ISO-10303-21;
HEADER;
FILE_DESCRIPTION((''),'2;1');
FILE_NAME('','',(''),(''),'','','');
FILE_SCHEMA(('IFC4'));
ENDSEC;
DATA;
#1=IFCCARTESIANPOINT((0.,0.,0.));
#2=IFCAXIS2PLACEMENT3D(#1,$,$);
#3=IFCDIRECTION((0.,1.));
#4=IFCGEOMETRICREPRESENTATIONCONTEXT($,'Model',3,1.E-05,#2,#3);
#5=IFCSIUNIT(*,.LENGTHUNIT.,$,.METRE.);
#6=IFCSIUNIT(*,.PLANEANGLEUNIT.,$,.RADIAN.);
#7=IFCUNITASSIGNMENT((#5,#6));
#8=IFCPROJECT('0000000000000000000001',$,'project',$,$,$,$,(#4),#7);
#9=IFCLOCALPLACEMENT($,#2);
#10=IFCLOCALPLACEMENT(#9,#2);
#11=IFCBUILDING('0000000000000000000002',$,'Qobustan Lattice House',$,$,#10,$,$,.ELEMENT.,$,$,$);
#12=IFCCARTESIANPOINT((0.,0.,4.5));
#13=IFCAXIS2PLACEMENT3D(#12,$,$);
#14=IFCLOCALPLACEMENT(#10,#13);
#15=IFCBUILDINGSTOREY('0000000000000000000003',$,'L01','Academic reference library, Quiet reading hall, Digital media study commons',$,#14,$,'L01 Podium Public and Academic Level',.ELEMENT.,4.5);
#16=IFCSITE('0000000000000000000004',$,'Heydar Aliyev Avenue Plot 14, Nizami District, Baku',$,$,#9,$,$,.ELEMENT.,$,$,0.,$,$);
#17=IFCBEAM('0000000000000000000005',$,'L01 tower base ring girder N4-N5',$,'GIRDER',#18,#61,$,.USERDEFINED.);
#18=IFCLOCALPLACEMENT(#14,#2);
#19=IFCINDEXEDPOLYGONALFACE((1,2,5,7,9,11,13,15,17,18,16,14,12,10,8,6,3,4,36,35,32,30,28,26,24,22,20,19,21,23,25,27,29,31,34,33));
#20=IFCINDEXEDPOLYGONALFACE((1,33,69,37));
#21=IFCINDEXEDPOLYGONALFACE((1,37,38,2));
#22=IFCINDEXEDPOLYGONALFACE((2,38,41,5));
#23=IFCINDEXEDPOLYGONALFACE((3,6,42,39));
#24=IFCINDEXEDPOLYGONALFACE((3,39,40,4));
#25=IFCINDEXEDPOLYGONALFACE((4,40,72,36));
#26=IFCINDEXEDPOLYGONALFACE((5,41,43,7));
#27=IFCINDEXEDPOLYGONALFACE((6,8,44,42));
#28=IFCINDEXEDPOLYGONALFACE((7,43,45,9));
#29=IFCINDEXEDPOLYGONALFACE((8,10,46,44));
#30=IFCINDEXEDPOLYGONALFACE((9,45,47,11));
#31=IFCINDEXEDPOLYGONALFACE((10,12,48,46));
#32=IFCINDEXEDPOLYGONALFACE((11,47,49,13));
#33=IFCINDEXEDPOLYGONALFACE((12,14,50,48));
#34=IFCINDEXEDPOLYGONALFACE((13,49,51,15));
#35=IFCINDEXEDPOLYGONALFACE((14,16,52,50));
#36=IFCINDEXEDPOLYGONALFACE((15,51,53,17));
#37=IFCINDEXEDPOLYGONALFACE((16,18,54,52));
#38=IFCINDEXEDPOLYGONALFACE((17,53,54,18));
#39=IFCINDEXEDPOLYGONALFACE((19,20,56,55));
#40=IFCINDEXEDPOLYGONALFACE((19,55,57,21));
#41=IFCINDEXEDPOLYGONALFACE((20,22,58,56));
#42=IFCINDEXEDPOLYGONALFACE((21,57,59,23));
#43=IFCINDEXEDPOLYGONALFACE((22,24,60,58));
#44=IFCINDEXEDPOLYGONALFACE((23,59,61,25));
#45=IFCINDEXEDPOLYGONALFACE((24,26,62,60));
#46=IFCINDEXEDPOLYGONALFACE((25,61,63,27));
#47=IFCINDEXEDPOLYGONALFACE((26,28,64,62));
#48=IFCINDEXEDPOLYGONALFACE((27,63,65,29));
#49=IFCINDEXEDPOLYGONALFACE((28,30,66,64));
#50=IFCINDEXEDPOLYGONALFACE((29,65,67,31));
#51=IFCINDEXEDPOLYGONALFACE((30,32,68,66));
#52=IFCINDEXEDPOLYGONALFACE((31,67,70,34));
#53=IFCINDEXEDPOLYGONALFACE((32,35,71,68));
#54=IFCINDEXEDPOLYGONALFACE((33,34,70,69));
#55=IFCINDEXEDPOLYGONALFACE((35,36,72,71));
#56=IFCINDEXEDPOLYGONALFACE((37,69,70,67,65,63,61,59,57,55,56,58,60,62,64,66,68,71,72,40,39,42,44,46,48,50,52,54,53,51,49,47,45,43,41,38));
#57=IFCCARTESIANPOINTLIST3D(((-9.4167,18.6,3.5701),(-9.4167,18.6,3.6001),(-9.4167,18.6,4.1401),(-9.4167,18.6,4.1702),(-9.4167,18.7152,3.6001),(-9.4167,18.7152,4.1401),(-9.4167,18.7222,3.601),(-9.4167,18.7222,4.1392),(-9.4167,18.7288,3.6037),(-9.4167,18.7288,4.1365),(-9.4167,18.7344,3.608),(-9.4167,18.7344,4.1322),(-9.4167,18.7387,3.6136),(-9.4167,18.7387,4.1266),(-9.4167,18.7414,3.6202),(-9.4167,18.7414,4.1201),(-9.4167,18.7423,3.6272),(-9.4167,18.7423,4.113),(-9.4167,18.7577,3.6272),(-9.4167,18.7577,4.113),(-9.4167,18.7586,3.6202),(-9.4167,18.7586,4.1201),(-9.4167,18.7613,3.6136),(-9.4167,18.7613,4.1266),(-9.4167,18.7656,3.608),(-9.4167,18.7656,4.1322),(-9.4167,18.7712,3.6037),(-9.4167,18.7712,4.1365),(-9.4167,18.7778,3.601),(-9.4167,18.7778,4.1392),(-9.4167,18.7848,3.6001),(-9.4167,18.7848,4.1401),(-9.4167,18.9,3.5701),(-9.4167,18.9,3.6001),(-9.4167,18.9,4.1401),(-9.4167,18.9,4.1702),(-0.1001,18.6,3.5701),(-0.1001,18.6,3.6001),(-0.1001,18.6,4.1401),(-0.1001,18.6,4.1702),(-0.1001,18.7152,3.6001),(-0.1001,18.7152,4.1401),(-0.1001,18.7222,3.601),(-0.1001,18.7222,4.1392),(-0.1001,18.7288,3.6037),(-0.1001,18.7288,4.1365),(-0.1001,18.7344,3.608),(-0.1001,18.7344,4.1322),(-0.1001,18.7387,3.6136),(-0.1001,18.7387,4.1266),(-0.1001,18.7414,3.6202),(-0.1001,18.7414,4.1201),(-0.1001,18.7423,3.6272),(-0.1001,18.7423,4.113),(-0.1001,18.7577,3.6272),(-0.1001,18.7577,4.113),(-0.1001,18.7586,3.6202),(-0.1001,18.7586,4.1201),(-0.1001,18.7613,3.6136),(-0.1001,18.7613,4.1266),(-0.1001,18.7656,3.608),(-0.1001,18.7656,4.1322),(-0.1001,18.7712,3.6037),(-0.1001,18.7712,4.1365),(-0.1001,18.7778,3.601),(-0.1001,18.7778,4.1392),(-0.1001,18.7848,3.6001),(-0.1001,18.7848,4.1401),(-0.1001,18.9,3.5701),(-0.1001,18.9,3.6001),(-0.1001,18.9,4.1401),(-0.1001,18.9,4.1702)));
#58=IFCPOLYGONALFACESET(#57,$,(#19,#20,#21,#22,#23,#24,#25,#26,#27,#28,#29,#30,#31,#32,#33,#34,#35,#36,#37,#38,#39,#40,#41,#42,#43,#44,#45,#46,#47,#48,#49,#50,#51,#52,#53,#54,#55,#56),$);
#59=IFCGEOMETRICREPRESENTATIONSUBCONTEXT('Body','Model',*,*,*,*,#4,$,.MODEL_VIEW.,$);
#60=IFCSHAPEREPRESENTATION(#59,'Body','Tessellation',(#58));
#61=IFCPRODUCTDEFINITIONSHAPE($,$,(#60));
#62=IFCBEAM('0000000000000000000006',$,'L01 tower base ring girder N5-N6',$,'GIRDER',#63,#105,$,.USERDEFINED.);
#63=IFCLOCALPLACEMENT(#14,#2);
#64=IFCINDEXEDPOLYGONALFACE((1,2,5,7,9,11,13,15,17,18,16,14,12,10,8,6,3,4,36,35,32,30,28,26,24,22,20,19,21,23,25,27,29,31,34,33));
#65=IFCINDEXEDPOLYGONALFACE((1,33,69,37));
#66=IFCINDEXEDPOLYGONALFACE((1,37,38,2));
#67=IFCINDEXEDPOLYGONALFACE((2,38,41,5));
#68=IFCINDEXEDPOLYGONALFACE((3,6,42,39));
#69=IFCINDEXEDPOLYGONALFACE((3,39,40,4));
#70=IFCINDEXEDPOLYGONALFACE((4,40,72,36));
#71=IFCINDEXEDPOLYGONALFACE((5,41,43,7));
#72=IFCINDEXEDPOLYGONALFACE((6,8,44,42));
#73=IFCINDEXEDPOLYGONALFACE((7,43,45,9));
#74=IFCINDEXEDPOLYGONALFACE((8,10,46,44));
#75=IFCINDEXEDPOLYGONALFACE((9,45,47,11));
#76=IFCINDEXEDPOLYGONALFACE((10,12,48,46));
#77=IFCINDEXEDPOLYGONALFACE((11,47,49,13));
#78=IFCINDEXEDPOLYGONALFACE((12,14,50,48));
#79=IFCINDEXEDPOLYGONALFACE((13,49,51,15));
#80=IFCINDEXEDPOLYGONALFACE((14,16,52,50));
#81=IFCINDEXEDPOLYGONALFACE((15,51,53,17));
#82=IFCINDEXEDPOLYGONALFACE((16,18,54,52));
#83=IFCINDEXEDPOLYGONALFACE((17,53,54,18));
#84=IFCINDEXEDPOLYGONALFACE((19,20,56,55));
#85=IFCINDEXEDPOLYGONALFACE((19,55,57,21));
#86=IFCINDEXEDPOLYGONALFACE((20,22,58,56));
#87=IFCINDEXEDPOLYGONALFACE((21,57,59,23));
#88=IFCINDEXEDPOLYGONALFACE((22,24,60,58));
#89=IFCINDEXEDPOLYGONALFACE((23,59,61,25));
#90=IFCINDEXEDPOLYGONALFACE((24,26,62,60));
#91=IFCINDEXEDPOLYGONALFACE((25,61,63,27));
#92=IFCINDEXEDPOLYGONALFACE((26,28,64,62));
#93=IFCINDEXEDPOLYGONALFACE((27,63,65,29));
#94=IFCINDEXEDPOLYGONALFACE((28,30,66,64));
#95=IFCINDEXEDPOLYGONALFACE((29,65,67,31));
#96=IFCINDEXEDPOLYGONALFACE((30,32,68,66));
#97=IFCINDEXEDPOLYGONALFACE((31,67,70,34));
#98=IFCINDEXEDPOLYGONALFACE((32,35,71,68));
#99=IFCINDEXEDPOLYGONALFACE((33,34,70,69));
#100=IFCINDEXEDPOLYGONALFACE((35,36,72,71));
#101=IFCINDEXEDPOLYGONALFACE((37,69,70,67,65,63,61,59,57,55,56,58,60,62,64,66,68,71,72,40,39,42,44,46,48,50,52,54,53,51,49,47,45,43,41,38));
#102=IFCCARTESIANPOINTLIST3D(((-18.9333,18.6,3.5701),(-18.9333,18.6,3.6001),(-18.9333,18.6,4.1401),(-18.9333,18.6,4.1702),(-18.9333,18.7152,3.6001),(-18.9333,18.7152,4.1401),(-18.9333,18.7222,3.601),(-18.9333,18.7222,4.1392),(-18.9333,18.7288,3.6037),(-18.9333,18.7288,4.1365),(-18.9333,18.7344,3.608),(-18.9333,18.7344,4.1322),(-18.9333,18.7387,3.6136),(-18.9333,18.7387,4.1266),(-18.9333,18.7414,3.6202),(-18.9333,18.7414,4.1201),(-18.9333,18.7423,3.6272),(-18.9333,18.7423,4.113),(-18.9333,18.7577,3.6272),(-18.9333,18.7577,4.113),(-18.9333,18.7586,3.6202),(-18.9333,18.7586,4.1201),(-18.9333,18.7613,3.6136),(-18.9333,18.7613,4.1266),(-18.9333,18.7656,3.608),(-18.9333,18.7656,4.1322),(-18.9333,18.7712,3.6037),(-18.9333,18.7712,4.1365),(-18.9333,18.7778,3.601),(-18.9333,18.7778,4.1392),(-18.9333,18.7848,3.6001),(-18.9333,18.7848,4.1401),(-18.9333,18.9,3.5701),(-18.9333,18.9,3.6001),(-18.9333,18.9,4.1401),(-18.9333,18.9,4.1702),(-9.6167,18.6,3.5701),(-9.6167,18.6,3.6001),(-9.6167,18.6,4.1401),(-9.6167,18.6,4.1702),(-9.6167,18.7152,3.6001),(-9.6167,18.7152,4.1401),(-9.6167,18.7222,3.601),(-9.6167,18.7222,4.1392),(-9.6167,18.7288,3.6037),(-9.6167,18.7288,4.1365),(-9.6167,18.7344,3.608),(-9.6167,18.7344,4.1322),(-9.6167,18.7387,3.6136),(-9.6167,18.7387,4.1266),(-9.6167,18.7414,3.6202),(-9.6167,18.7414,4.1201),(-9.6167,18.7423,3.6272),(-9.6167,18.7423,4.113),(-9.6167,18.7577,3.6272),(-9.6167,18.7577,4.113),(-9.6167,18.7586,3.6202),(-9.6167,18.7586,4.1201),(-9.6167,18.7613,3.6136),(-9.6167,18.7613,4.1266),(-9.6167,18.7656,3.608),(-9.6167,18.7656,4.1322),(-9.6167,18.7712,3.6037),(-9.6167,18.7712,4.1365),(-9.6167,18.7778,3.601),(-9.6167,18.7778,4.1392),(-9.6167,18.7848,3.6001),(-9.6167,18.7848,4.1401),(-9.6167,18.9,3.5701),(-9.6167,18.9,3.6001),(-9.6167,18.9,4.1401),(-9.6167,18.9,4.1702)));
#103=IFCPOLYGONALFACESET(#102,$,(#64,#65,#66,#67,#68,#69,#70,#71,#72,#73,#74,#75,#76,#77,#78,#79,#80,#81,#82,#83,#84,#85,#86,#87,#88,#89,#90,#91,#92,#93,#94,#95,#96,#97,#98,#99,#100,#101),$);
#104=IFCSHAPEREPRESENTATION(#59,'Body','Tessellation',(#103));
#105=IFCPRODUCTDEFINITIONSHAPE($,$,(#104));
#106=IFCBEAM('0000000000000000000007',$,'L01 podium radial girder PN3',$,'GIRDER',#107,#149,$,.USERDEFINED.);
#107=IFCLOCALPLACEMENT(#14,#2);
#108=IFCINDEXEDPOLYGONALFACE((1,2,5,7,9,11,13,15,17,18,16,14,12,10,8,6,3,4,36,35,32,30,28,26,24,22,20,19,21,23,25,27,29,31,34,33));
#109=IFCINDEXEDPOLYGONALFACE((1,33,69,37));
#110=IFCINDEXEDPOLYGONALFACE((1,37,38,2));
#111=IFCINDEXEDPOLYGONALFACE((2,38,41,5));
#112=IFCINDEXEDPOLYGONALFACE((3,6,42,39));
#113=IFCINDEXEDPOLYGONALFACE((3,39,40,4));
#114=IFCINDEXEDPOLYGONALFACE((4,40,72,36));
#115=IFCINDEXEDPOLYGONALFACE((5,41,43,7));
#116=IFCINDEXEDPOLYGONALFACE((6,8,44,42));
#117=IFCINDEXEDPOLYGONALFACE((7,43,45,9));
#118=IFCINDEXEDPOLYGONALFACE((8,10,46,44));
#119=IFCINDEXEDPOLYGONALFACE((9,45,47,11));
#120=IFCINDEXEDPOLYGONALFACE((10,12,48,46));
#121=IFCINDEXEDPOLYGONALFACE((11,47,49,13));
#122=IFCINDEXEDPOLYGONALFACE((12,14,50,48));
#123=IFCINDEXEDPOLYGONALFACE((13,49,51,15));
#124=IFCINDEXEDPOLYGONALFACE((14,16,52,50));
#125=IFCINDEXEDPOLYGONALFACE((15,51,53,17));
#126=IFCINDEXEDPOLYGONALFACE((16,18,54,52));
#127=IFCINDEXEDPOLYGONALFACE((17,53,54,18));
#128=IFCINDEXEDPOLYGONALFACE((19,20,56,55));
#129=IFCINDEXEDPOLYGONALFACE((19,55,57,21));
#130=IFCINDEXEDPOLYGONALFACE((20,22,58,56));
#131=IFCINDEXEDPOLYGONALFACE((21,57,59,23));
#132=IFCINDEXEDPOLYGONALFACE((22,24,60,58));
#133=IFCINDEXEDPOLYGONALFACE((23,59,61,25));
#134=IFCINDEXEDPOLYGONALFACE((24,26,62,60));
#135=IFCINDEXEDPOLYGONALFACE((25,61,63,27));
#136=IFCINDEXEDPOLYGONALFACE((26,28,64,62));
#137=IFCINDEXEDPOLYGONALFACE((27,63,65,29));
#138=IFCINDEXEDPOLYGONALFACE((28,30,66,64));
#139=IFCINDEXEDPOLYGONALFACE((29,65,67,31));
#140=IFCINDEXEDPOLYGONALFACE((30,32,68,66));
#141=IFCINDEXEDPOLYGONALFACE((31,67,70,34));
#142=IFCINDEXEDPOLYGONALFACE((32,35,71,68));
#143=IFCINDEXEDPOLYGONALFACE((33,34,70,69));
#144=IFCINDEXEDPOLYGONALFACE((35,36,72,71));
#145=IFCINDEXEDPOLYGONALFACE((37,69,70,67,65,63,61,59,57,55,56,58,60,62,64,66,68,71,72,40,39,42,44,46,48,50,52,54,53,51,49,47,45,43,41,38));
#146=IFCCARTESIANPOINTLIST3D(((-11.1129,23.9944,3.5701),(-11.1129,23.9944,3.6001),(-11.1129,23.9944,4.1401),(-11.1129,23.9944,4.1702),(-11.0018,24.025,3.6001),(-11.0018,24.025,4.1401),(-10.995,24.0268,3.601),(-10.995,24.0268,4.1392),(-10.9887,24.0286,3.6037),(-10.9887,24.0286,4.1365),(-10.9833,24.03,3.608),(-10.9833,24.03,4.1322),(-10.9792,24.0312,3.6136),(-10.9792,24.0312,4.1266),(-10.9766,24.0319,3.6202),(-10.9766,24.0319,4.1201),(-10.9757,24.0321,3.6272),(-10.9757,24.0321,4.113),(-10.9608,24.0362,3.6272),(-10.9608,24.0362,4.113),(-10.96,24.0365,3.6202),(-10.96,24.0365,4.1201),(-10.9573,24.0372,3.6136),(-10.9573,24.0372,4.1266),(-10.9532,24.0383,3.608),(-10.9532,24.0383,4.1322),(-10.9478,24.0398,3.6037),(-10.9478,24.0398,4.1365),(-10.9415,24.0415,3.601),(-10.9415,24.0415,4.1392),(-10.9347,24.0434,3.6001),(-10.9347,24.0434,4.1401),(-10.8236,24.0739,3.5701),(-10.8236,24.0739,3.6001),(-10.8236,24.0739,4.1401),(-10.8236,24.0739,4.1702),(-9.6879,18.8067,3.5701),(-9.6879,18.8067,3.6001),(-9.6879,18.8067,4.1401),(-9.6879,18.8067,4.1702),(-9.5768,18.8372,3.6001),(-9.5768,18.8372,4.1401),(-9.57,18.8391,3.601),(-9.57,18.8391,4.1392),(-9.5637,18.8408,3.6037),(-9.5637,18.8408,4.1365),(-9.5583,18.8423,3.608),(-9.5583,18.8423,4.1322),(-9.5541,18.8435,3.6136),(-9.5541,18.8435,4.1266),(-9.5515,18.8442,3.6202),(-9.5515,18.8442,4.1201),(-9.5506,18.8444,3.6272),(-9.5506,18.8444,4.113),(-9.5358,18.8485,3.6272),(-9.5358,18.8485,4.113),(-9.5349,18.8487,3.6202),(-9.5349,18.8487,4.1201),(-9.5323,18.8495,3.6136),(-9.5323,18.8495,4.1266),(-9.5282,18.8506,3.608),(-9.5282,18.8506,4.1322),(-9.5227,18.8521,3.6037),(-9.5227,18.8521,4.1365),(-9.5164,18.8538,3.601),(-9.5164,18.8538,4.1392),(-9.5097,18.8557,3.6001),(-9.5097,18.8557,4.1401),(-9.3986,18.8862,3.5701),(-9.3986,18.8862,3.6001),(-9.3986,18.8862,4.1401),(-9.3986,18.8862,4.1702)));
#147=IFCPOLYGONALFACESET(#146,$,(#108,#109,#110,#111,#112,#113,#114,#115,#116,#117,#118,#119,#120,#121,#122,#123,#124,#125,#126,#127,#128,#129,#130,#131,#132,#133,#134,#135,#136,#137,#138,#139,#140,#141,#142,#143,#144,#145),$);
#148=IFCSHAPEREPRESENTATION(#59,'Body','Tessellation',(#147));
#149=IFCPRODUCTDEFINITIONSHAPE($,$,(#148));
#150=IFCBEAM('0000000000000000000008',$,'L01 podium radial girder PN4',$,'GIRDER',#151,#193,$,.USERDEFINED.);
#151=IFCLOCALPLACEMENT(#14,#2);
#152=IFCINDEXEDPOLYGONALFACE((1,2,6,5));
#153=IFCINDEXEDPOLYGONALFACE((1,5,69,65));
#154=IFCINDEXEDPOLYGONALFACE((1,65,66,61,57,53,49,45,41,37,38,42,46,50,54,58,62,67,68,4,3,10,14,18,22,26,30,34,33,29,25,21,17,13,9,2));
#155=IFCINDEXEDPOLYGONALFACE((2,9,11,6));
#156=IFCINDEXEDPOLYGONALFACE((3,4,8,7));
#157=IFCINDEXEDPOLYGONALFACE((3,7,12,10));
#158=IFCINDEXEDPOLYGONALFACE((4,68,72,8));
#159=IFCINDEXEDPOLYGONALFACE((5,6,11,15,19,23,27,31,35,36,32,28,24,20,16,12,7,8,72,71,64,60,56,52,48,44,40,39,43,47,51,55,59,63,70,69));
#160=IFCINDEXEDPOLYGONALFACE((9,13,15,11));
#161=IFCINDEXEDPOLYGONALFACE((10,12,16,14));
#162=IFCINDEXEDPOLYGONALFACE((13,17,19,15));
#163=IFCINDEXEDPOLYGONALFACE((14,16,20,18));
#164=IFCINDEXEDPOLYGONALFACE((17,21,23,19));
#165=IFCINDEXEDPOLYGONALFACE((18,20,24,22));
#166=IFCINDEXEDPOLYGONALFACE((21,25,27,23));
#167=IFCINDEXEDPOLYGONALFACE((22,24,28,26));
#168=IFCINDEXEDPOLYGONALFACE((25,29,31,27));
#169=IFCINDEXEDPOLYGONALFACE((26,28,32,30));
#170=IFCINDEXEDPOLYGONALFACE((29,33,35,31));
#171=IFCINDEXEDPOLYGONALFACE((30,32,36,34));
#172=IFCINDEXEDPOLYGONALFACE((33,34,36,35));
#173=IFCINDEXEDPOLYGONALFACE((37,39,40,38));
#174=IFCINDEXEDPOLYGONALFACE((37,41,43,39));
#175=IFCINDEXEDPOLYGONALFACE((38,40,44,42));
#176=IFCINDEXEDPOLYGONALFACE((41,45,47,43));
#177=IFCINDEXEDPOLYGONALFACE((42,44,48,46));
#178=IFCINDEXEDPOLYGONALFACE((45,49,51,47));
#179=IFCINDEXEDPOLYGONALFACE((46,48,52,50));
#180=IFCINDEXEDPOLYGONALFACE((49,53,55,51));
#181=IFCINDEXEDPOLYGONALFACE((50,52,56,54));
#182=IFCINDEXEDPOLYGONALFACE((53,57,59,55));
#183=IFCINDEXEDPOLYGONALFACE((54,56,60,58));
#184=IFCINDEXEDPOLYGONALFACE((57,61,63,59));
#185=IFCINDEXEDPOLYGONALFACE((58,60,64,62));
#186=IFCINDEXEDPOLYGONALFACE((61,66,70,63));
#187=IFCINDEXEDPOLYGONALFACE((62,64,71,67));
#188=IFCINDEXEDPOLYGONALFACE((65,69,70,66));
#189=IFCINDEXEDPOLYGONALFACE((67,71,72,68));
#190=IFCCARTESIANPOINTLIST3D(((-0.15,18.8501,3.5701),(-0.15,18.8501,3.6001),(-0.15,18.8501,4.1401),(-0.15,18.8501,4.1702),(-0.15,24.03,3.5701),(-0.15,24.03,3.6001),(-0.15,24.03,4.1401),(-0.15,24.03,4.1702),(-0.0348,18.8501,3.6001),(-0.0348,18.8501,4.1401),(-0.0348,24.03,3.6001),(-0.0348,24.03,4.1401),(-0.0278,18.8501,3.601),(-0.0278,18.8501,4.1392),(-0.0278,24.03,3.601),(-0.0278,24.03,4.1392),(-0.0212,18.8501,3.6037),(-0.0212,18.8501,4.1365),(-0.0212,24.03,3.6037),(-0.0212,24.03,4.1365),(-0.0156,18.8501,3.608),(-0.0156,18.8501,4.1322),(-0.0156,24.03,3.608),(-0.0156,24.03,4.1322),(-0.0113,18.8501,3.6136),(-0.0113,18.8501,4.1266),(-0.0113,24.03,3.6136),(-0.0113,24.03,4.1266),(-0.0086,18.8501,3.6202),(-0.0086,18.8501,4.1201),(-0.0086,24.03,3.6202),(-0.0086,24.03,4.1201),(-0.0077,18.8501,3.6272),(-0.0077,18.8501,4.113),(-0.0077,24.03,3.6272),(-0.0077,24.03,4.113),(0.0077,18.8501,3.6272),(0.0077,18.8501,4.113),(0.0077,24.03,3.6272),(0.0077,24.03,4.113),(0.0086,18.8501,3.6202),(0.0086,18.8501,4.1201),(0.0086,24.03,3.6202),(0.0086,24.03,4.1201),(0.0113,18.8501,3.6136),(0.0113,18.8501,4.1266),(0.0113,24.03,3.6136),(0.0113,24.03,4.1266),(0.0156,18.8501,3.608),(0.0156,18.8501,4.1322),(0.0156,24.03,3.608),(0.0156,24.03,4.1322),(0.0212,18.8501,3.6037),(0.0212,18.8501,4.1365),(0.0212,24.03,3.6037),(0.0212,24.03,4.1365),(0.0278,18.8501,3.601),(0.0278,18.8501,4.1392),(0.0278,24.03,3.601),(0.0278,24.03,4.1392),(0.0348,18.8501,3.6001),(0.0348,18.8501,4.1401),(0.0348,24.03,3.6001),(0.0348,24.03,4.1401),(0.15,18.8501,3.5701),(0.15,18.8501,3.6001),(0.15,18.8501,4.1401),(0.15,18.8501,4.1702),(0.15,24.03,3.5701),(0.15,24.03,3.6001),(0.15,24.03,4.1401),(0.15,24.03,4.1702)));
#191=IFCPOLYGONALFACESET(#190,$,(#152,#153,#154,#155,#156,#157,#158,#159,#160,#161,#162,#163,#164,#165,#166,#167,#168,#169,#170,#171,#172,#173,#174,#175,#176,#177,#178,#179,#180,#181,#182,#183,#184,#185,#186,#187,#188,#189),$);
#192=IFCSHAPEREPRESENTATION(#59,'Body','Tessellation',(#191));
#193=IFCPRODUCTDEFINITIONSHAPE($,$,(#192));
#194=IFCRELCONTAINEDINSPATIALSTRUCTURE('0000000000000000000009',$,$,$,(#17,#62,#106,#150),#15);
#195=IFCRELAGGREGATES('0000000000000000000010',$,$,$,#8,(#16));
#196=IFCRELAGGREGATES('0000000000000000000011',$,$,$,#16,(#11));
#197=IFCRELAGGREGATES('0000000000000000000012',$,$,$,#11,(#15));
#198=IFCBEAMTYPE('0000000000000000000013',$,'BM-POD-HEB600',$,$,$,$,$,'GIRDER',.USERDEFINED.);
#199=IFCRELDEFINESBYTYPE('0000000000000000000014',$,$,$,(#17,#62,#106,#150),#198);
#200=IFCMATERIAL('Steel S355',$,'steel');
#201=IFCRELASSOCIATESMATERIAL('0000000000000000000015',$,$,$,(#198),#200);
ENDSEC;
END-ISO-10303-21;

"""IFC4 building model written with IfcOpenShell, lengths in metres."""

from ifc_helpers import new_model, si_unit, direction, frame, origin, origin_2d, place, context, subcontext, project, spatial, i_section, extrude, material, material_profile, profile_set, type_object, element, save


model = new_model("IFC4")

# Units and contexts
model_context = context("Model", 3, precision=1e-05, world=origin(), true_north=direction((0.0, 1.0)))
body_context = subcontext(model_context, "Body", "Model", "MODEL_VIEW")
ifc_project = project(units=[si_unit("LENGTHUNIT", "METRE"), si_unit("PLANEANGLEUNIT", "RADIAN")], contexts=[model_context])

# Site, building, storey
site_placement = place(None, origin())
site = spatial("IfcSite", under=ifc_project, at=site_placement, Name="Heydar Aliyev Avenue Plot 14, Nizami District, Baku", CompositionType="ELEMENT", RefElevation=0.0)
building_placement = place(site_placement, origin())
building = spatial("IfcBuilding", under=site, at=building_placement, Name="Qobustan Lattice House", CompositionType="ELEMENT")
storey_placement = place(building_placement, frame((0.0, 0.0, 4.5)))
storey = spatial("IfcBuildingStorey", under=building, at=storey_placement, Name="L01", Description="Academic reference library, Quiet reading hall, Digital media study commons", LongName="L01 Podium Public and Academic Level", CompositionType="ELEMENT", Elevation=4.5)

# Beams
ifc_material_1 = material(Name="Steel S355", Category="steel")
ifc_material_profile_1 = material_profile(ifc_material_1, i_section(OverallWidth=0.3, OverallDepth=0.6001, WebThickness=0.0154, FlangeThickness=0.03, FilletRadius=0.0271, at=origin_2d()), Name="HEB600")
ifc_profile_set_1 = profile_set([ifc_material_profile_1], Name="Steel S355")
beam_type_1 = type_object("IfcBeamType", Name="BM-POD-HEB600", ElementType="GIRDER", PredefinedType="USERDEFINED", material=ifc_profile_set_1)
for number, where, z_axis, x_axis, name in (
    (1, (-0.1001, 18.75, 3.8701), (-1.0, 0.0, 0.0), (0.0, -1.0, 0.0), "L01 tower base ring girder N4-N5"),
    (2, (-9.6167, 18.75, 3.8701), (-1.0, 0.0, 0.0), (0.0, -1.0, 0.0), "L01 tower base ring girder N5-N6"),
):
    element("IfcBeam", number, at=place(storey_placement, frame(where, z_axis=z_axis, x_axis=x_axis)), inside=storey, type_object=beam_type_1, Name=name, ObjectType="GIRDER", PredefinedType="USERDEFINED", context=body_context, shape_type="SweptSolid", body=[
        extrude(i_section(OverallWidth=0.3, OverallDepth=0.6001, WebThickness=0.0154, FlangeThickness=0.03, FilletRadius=0.0271, at=origin_2d()), origin(), (0.0, 0.0, 1.0), 9.3167),
    ])
beam_1_placement = place(storey_placement, frame((-10.9683, 24.0342, 3.8701), z_axis=(0.264883, -0.96428, 0.0), x_axis=(0.96428, 0.264883, 0.0)))
element("IfcBeam", 3, at=beam_1_placement, inside=storey, type_object=beam_type_1, Name="L01 podium radial girder PN3", ObjectType="GIRDER", PredefinedType="USERDEFINED", context=body_context, shape_type="SweptSolid", body=[
    extrude(i_section(OverallWidth=0.3, OverallDepth=0.6001, WebThickness=0.0154, FlangeThickness=0.03, FilletRadius=0.0271, at=origin_2d()), origin(), (0.0, 0.0, 1.0), 5.3799),
])
beam_2_placement = place(storey_placement, frame((0.0, 24.03, 3.8701), z_axis=(0.0, -1.0, 0.0), x_axis=(1.0, 0.0, 0.0)))
element("IfcBeam", 4, at=beam_2_placement, inside=storey, type_object=beam_type_1, Name="L01 podium radial girder PN4", ObjectType="GIRDER", PredefinedType="USERDEFINED", context=body_context, shape_type="SweptSolid", body=[
    extrude(i_section(OverallWidth=0.3, OverallDepth=0.6001, WebThickness=0.0154, FlangeThickness=0.03, FilletRadius=0.0271, at=origin_2d()), origin(), (0.0, 0.0, 1.0), 5.1799),
])

save(model, "model.ifc")
